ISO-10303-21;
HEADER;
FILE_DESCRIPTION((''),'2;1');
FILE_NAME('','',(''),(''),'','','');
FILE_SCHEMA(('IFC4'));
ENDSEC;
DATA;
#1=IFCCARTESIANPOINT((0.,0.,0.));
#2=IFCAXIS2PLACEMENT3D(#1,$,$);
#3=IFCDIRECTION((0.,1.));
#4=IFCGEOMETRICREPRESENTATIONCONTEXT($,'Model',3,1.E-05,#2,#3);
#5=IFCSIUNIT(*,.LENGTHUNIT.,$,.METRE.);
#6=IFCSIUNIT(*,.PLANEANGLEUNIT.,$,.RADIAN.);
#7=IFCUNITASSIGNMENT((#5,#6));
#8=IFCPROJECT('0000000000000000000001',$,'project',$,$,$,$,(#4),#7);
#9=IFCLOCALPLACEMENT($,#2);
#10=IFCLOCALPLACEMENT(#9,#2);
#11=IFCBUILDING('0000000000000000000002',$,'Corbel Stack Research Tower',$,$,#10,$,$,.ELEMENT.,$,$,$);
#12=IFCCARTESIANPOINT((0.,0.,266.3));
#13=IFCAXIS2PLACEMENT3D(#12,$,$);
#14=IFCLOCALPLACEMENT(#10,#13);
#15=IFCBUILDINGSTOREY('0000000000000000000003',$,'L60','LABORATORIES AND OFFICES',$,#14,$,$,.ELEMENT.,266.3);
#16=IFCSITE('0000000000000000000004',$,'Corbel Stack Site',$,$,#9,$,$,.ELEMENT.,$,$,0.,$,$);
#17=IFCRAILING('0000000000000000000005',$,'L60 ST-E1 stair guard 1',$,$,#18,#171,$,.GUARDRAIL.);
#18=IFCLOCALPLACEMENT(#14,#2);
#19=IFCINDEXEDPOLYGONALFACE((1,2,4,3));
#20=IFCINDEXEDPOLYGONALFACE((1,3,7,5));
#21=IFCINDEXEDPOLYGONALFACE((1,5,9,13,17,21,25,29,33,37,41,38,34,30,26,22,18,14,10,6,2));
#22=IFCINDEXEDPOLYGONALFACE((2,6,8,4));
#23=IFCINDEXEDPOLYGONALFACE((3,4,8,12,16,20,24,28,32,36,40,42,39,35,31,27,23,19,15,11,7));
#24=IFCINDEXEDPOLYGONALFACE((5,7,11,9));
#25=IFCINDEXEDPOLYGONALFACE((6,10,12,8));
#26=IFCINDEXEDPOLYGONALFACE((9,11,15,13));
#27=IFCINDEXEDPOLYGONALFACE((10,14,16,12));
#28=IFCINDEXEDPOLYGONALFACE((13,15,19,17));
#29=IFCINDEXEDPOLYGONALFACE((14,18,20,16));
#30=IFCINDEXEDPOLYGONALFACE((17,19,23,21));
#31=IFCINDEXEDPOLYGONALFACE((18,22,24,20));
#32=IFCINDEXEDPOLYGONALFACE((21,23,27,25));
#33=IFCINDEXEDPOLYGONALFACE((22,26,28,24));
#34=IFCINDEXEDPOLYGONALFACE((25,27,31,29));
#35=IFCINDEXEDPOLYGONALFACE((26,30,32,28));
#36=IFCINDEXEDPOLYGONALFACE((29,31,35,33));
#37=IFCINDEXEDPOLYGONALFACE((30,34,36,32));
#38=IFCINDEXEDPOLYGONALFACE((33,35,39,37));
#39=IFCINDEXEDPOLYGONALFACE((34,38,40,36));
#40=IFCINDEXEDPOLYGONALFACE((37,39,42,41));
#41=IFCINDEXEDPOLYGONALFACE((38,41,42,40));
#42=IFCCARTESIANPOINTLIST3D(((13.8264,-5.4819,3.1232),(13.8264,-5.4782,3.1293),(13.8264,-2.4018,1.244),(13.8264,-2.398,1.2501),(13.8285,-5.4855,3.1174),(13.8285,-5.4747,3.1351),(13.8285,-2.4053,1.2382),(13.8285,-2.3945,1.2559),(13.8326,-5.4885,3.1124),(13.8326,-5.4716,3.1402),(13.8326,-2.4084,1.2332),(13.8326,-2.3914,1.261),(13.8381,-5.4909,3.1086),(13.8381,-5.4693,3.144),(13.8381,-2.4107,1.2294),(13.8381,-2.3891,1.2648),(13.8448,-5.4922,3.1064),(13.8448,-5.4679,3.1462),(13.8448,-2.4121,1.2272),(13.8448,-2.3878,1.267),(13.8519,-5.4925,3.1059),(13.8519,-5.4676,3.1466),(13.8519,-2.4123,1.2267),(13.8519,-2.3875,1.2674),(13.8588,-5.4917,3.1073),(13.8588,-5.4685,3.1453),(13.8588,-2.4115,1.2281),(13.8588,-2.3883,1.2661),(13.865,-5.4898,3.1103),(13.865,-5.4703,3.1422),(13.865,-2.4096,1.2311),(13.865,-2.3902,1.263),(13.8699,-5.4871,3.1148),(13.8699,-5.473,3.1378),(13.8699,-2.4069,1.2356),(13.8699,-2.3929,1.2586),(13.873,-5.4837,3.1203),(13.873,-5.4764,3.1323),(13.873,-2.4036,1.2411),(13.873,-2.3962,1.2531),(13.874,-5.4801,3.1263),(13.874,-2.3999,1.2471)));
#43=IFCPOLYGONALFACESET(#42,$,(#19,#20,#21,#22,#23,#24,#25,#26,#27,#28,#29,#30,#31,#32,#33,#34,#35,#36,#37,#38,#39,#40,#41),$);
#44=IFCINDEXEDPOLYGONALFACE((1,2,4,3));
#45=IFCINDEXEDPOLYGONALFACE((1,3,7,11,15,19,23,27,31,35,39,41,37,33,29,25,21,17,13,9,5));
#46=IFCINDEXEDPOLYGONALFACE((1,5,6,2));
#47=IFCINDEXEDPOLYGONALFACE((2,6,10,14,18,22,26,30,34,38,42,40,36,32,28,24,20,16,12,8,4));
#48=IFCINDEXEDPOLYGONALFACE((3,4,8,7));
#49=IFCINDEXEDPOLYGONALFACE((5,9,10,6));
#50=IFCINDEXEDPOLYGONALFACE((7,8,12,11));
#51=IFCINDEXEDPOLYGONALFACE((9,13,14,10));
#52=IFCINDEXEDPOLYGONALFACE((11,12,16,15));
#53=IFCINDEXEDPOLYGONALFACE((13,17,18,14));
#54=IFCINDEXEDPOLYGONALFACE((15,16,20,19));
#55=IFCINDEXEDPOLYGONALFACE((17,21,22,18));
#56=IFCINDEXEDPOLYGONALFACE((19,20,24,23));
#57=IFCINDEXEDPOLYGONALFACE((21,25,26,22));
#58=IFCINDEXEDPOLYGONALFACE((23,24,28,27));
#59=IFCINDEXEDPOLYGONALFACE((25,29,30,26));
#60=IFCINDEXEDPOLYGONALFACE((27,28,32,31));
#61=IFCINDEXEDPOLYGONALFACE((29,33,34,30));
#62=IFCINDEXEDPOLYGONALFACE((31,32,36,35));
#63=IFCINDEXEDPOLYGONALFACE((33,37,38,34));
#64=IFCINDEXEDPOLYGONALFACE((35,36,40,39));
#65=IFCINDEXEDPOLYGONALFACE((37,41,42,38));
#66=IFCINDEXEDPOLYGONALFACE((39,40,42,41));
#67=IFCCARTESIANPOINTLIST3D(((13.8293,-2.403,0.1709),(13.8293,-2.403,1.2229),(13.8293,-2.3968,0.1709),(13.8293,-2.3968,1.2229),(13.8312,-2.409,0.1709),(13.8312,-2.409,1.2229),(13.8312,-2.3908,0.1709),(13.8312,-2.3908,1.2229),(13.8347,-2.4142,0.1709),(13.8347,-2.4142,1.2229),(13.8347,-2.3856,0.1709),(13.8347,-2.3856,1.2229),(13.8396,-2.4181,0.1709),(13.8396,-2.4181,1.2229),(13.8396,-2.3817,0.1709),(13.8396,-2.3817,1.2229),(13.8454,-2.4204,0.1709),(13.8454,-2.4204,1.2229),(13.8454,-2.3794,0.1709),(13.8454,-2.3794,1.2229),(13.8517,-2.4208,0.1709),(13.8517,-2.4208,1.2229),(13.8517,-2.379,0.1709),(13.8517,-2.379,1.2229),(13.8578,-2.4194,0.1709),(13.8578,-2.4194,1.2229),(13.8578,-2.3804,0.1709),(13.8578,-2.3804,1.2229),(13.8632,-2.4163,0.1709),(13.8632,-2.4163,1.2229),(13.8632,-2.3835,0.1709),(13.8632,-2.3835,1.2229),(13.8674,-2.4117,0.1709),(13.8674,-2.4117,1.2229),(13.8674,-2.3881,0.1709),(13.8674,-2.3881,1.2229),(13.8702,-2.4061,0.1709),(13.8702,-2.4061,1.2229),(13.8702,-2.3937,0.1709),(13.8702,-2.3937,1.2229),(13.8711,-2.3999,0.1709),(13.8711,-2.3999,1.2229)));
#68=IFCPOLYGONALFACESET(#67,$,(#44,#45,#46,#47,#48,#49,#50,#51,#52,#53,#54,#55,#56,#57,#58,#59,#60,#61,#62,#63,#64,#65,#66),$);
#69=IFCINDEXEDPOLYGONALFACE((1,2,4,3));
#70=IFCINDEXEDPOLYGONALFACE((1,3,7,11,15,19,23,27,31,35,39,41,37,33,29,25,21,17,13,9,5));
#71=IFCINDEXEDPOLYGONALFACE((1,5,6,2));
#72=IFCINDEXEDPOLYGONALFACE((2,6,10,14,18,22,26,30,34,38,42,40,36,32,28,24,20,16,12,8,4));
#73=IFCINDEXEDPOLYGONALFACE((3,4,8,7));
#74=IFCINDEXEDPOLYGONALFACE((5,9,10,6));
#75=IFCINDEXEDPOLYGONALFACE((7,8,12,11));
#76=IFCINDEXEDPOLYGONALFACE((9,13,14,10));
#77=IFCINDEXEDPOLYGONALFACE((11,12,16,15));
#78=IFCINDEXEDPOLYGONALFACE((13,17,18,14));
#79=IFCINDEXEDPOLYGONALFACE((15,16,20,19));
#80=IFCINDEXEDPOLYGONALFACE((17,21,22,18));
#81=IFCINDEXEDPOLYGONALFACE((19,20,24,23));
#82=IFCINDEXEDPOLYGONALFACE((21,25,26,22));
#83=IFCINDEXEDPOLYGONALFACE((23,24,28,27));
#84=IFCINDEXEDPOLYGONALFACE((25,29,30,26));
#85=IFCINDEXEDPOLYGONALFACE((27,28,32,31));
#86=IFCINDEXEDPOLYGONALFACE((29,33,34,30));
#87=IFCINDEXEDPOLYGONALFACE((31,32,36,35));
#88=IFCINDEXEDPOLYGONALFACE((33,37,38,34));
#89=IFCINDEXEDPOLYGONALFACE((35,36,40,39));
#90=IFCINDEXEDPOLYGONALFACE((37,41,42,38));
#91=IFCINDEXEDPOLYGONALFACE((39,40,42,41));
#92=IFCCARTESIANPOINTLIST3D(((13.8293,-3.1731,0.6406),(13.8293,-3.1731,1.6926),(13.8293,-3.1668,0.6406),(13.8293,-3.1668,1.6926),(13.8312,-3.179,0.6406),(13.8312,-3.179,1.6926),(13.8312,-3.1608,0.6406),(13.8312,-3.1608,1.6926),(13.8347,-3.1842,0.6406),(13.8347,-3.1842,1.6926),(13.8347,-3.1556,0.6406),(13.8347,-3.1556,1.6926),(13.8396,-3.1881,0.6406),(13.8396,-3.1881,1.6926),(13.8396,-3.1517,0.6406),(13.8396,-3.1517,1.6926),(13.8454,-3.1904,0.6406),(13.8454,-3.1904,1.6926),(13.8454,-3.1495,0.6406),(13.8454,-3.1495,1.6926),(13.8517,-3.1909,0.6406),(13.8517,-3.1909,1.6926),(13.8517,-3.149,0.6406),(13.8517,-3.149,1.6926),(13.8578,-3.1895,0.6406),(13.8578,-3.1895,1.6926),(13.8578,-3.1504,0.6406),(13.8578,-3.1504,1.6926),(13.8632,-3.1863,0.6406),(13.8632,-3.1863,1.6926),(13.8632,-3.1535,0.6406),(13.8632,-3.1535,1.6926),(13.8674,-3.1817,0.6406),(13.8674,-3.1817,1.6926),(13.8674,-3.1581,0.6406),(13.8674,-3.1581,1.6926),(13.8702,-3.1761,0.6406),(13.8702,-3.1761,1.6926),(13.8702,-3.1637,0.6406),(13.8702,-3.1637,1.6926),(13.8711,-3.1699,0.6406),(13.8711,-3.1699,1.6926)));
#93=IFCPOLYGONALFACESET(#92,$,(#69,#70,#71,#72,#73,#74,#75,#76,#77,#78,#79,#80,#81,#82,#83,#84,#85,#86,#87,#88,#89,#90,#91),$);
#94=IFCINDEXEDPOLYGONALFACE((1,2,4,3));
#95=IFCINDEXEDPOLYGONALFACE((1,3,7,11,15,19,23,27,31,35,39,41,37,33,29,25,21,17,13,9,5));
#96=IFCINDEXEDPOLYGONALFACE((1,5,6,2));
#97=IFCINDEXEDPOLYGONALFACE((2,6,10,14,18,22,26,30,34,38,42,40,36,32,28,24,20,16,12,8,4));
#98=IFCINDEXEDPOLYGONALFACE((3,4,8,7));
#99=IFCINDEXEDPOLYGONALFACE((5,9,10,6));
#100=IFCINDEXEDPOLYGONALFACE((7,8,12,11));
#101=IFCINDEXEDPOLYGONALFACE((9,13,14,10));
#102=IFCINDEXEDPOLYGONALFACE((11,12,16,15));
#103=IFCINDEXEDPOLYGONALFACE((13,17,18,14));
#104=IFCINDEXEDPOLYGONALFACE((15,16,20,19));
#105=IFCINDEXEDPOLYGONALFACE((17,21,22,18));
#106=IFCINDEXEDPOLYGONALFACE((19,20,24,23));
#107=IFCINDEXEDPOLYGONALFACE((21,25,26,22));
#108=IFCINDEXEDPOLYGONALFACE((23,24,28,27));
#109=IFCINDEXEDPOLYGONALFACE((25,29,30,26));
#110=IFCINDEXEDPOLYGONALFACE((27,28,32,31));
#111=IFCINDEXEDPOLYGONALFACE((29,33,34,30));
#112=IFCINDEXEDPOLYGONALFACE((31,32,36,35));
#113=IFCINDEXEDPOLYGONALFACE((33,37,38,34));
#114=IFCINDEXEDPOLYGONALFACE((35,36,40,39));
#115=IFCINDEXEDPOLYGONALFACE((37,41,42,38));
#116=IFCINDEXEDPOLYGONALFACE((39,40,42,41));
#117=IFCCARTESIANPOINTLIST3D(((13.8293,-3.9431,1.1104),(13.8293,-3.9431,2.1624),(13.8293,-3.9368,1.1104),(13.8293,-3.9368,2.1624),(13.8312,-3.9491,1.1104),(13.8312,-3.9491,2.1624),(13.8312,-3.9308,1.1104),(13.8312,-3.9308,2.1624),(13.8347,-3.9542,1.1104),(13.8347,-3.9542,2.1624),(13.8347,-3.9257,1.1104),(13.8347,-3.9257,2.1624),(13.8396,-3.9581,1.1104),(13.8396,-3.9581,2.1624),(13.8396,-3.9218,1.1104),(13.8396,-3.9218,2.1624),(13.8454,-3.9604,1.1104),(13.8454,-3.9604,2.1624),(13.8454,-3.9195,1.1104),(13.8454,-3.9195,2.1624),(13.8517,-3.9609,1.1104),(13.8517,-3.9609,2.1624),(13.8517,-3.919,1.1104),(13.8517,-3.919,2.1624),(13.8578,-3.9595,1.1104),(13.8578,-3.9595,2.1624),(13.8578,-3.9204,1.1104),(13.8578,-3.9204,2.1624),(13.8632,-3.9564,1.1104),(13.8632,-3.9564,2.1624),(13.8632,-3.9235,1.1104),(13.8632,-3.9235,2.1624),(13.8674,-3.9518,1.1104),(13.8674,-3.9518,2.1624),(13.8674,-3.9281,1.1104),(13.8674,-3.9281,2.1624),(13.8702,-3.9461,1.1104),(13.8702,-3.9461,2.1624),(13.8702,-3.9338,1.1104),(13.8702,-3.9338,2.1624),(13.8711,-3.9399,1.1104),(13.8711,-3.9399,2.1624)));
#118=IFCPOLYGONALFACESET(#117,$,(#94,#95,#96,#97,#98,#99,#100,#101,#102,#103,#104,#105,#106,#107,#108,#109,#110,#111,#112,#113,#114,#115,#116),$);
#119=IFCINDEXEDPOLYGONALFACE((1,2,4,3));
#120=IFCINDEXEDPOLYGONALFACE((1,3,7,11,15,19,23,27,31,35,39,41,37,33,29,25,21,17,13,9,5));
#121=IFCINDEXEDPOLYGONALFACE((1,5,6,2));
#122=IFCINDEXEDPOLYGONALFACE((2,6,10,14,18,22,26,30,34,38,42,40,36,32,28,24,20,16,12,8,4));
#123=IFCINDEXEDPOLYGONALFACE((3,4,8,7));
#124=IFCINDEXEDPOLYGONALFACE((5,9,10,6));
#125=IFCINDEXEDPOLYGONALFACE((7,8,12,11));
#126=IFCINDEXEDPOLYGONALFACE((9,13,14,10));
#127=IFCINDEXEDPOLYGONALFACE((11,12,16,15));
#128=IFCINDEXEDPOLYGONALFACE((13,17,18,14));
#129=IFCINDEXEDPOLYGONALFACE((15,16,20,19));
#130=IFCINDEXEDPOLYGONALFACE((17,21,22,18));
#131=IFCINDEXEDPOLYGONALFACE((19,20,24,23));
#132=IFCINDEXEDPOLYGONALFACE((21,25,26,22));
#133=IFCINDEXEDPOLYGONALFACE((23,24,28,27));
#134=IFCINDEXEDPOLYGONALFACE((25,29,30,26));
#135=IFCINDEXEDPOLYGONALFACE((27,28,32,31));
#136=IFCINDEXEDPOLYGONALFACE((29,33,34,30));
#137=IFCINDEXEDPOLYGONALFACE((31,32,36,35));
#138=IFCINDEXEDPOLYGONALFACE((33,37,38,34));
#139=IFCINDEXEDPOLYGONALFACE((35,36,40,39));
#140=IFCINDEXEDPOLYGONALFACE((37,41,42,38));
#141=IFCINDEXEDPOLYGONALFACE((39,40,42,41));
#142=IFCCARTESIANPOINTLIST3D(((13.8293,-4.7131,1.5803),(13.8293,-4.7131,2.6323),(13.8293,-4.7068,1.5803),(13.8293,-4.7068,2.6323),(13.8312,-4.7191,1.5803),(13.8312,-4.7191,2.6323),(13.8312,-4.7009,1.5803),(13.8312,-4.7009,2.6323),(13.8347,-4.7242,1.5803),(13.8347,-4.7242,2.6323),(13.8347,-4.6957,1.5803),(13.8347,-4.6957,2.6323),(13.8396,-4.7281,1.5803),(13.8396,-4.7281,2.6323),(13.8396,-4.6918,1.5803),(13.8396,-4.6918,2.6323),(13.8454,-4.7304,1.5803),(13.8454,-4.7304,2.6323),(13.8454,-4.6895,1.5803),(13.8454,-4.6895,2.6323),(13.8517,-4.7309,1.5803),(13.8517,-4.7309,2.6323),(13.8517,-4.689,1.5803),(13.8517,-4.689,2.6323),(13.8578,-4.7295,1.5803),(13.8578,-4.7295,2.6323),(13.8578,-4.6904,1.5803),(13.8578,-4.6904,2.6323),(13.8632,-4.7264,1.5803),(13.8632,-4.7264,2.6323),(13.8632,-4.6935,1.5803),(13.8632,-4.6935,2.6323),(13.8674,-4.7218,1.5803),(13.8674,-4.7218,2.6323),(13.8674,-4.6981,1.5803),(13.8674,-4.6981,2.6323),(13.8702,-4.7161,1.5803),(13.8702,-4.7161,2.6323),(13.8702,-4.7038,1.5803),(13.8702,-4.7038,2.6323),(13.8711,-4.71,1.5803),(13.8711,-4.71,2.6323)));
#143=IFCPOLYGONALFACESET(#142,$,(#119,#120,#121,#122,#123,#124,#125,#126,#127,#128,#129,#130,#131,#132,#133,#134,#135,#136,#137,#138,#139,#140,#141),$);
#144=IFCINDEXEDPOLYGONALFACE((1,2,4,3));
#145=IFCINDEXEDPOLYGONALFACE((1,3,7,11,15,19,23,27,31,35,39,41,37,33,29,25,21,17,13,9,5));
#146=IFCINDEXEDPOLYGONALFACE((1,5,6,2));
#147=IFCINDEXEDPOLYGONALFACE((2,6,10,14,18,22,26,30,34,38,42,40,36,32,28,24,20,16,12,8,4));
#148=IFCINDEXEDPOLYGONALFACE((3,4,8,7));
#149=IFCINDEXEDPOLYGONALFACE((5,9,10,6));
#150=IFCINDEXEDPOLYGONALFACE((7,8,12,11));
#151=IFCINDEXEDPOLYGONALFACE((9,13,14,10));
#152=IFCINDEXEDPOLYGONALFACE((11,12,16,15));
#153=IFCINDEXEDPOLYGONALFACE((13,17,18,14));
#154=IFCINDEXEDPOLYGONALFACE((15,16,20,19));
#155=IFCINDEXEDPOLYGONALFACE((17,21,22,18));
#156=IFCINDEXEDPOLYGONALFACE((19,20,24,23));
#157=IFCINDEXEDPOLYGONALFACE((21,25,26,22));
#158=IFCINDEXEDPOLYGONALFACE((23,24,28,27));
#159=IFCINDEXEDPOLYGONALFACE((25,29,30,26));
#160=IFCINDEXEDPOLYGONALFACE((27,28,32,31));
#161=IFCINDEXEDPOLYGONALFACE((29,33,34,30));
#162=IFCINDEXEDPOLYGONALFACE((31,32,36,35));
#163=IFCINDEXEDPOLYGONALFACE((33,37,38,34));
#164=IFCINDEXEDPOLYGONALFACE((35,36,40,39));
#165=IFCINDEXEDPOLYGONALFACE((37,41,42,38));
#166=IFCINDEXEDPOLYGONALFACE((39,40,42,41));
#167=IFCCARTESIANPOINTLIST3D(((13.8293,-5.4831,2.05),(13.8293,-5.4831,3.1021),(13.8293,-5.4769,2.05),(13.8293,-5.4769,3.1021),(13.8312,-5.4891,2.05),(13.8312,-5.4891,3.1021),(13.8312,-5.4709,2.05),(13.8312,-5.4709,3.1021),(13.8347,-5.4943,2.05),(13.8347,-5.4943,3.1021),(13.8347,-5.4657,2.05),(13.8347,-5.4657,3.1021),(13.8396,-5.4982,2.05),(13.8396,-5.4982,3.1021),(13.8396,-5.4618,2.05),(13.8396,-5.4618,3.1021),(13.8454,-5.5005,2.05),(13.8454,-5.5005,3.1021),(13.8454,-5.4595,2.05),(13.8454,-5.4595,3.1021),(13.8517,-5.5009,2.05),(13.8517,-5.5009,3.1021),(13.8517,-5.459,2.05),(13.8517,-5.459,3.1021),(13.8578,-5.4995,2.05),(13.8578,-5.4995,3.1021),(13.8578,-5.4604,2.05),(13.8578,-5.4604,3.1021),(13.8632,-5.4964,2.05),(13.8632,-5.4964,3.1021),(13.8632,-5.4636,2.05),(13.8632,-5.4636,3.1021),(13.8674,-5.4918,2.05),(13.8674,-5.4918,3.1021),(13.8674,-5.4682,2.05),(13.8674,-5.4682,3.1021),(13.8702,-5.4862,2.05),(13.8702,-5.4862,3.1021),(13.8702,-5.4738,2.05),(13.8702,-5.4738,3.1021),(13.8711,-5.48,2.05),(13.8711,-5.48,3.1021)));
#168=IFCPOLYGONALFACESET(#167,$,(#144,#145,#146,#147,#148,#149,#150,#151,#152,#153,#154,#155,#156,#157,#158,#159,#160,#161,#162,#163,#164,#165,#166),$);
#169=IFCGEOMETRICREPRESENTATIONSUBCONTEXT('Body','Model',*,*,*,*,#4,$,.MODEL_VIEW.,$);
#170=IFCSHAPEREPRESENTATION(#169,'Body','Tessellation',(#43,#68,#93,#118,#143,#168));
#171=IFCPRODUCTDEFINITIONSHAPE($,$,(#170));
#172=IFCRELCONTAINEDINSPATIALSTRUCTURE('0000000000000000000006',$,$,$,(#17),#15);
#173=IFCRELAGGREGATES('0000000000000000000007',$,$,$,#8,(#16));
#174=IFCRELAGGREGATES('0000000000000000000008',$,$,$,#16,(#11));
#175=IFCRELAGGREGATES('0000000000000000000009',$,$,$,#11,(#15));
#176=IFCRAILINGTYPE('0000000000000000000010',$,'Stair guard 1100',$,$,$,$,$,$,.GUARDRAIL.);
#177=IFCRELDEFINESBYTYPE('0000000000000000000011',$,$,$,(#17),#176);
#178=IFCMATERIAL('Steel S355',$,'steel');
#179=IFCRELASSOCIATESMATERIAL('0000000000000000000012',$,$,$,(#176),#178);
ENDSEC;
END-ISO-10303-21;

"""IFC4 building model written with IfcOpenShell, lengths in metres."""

from ifc_helpers import new_model, si_unit, direction, frame, origin, origin_2d, place, context, subcontext, project, spatial, circle, extrude, material, type_object, element, save


model = new_model("IFC4")

# Units and contexts
model_context = context("Model", 3, precision=1e-05, world=origin(), true_north=direction((0.0, 1.0)))
body_context = subcontext(model_context, "Body", "Model", "MODEL_VIEW")
ifc_project = project(units=[si_unit("LENGTHUNIT", "METRE"), si_unit("PLANEANGLEUNIT", "RADIAN")], contexts=[model_context])

# Site, building, storey
site_placement = place(None, origin())
site = spatial("IfcSite", under=ifc_project, at=site_placement, Name="Corbel Stack Site", CompositionType="ELEMENT", RefElevation=0.0)
building_placement = place(site_placement, origin())
building = spatial("IfcBuilding", under=site, at=building_placement, Name="Corbel Stack Research Tower", CompositionType="ELEMENT")
storey_placement = place(building_placement, frame((0.0, 0.0, 266.3)))
storey = spatial("IfcBuildingStorey", under=building, at=storey_placement, Name="L60", Description="LABORATORIES AND OFFICES", CompositionType="ELEMENT", Elevation=266.3)

# Railing
ifc_material_1 = material(Name="Steel S355", Category="steel")
railing_type_1 = type_object("IfcRailingType", Name="Stair guard 1100", PredefinedType="GUARDRAIL", material=ifc_material_1)
railing_1_placement = place(storey_placement, frame((13.8501, -2.3999, 0.1709)))
element("IfcRailing", 1, at=railing_1_placement, inside=storey, type_object=railing_type_1, Name="L60 ST-E1 stair guard 1", PredefinedType="GUARDRAIL", context=body_context, shape_type="SweptSolid", body=[
    extrude(circle(Radius=0.0239, at=origin_2d()), frame((0.0, 0.0, 1.0762), z_axis=(0.0, -0.853666, 0.52082), x_axis=(1.0, 0.0, 0.0)), (0.0, 0.0, 1.0), 3.6082),
    extrude(circle(Radius=0.021, at=origin_2d()), origin(), (0.0, 0.0, 1.0), 1.052),
    extrude(circle(Radius=0.021, at=origin_2d()), frame((0.0, -0.77, 0.4697)), (0.0, 0.0, 1.0), 1.052),
    extrude(circle(Radius=0.021, at=origin_2d()), frame((0.0, -1.54, 0.9395)), (0.0, 0.0, 1.0), 1.052),
    extrude(circle(Radius=0.021, at=origin_2d()), frame((0.0, -2.3101, 1.4094)), (0.0, 0.0, 1.0), 1.052),
    extrude(circle(Radius=0.021, at=origin_2d()), frame((0.0, -3.0801, 1.8792)), (0.0, 0.0, 1.0), 1.052),
])

save(model, "model.ifc")
